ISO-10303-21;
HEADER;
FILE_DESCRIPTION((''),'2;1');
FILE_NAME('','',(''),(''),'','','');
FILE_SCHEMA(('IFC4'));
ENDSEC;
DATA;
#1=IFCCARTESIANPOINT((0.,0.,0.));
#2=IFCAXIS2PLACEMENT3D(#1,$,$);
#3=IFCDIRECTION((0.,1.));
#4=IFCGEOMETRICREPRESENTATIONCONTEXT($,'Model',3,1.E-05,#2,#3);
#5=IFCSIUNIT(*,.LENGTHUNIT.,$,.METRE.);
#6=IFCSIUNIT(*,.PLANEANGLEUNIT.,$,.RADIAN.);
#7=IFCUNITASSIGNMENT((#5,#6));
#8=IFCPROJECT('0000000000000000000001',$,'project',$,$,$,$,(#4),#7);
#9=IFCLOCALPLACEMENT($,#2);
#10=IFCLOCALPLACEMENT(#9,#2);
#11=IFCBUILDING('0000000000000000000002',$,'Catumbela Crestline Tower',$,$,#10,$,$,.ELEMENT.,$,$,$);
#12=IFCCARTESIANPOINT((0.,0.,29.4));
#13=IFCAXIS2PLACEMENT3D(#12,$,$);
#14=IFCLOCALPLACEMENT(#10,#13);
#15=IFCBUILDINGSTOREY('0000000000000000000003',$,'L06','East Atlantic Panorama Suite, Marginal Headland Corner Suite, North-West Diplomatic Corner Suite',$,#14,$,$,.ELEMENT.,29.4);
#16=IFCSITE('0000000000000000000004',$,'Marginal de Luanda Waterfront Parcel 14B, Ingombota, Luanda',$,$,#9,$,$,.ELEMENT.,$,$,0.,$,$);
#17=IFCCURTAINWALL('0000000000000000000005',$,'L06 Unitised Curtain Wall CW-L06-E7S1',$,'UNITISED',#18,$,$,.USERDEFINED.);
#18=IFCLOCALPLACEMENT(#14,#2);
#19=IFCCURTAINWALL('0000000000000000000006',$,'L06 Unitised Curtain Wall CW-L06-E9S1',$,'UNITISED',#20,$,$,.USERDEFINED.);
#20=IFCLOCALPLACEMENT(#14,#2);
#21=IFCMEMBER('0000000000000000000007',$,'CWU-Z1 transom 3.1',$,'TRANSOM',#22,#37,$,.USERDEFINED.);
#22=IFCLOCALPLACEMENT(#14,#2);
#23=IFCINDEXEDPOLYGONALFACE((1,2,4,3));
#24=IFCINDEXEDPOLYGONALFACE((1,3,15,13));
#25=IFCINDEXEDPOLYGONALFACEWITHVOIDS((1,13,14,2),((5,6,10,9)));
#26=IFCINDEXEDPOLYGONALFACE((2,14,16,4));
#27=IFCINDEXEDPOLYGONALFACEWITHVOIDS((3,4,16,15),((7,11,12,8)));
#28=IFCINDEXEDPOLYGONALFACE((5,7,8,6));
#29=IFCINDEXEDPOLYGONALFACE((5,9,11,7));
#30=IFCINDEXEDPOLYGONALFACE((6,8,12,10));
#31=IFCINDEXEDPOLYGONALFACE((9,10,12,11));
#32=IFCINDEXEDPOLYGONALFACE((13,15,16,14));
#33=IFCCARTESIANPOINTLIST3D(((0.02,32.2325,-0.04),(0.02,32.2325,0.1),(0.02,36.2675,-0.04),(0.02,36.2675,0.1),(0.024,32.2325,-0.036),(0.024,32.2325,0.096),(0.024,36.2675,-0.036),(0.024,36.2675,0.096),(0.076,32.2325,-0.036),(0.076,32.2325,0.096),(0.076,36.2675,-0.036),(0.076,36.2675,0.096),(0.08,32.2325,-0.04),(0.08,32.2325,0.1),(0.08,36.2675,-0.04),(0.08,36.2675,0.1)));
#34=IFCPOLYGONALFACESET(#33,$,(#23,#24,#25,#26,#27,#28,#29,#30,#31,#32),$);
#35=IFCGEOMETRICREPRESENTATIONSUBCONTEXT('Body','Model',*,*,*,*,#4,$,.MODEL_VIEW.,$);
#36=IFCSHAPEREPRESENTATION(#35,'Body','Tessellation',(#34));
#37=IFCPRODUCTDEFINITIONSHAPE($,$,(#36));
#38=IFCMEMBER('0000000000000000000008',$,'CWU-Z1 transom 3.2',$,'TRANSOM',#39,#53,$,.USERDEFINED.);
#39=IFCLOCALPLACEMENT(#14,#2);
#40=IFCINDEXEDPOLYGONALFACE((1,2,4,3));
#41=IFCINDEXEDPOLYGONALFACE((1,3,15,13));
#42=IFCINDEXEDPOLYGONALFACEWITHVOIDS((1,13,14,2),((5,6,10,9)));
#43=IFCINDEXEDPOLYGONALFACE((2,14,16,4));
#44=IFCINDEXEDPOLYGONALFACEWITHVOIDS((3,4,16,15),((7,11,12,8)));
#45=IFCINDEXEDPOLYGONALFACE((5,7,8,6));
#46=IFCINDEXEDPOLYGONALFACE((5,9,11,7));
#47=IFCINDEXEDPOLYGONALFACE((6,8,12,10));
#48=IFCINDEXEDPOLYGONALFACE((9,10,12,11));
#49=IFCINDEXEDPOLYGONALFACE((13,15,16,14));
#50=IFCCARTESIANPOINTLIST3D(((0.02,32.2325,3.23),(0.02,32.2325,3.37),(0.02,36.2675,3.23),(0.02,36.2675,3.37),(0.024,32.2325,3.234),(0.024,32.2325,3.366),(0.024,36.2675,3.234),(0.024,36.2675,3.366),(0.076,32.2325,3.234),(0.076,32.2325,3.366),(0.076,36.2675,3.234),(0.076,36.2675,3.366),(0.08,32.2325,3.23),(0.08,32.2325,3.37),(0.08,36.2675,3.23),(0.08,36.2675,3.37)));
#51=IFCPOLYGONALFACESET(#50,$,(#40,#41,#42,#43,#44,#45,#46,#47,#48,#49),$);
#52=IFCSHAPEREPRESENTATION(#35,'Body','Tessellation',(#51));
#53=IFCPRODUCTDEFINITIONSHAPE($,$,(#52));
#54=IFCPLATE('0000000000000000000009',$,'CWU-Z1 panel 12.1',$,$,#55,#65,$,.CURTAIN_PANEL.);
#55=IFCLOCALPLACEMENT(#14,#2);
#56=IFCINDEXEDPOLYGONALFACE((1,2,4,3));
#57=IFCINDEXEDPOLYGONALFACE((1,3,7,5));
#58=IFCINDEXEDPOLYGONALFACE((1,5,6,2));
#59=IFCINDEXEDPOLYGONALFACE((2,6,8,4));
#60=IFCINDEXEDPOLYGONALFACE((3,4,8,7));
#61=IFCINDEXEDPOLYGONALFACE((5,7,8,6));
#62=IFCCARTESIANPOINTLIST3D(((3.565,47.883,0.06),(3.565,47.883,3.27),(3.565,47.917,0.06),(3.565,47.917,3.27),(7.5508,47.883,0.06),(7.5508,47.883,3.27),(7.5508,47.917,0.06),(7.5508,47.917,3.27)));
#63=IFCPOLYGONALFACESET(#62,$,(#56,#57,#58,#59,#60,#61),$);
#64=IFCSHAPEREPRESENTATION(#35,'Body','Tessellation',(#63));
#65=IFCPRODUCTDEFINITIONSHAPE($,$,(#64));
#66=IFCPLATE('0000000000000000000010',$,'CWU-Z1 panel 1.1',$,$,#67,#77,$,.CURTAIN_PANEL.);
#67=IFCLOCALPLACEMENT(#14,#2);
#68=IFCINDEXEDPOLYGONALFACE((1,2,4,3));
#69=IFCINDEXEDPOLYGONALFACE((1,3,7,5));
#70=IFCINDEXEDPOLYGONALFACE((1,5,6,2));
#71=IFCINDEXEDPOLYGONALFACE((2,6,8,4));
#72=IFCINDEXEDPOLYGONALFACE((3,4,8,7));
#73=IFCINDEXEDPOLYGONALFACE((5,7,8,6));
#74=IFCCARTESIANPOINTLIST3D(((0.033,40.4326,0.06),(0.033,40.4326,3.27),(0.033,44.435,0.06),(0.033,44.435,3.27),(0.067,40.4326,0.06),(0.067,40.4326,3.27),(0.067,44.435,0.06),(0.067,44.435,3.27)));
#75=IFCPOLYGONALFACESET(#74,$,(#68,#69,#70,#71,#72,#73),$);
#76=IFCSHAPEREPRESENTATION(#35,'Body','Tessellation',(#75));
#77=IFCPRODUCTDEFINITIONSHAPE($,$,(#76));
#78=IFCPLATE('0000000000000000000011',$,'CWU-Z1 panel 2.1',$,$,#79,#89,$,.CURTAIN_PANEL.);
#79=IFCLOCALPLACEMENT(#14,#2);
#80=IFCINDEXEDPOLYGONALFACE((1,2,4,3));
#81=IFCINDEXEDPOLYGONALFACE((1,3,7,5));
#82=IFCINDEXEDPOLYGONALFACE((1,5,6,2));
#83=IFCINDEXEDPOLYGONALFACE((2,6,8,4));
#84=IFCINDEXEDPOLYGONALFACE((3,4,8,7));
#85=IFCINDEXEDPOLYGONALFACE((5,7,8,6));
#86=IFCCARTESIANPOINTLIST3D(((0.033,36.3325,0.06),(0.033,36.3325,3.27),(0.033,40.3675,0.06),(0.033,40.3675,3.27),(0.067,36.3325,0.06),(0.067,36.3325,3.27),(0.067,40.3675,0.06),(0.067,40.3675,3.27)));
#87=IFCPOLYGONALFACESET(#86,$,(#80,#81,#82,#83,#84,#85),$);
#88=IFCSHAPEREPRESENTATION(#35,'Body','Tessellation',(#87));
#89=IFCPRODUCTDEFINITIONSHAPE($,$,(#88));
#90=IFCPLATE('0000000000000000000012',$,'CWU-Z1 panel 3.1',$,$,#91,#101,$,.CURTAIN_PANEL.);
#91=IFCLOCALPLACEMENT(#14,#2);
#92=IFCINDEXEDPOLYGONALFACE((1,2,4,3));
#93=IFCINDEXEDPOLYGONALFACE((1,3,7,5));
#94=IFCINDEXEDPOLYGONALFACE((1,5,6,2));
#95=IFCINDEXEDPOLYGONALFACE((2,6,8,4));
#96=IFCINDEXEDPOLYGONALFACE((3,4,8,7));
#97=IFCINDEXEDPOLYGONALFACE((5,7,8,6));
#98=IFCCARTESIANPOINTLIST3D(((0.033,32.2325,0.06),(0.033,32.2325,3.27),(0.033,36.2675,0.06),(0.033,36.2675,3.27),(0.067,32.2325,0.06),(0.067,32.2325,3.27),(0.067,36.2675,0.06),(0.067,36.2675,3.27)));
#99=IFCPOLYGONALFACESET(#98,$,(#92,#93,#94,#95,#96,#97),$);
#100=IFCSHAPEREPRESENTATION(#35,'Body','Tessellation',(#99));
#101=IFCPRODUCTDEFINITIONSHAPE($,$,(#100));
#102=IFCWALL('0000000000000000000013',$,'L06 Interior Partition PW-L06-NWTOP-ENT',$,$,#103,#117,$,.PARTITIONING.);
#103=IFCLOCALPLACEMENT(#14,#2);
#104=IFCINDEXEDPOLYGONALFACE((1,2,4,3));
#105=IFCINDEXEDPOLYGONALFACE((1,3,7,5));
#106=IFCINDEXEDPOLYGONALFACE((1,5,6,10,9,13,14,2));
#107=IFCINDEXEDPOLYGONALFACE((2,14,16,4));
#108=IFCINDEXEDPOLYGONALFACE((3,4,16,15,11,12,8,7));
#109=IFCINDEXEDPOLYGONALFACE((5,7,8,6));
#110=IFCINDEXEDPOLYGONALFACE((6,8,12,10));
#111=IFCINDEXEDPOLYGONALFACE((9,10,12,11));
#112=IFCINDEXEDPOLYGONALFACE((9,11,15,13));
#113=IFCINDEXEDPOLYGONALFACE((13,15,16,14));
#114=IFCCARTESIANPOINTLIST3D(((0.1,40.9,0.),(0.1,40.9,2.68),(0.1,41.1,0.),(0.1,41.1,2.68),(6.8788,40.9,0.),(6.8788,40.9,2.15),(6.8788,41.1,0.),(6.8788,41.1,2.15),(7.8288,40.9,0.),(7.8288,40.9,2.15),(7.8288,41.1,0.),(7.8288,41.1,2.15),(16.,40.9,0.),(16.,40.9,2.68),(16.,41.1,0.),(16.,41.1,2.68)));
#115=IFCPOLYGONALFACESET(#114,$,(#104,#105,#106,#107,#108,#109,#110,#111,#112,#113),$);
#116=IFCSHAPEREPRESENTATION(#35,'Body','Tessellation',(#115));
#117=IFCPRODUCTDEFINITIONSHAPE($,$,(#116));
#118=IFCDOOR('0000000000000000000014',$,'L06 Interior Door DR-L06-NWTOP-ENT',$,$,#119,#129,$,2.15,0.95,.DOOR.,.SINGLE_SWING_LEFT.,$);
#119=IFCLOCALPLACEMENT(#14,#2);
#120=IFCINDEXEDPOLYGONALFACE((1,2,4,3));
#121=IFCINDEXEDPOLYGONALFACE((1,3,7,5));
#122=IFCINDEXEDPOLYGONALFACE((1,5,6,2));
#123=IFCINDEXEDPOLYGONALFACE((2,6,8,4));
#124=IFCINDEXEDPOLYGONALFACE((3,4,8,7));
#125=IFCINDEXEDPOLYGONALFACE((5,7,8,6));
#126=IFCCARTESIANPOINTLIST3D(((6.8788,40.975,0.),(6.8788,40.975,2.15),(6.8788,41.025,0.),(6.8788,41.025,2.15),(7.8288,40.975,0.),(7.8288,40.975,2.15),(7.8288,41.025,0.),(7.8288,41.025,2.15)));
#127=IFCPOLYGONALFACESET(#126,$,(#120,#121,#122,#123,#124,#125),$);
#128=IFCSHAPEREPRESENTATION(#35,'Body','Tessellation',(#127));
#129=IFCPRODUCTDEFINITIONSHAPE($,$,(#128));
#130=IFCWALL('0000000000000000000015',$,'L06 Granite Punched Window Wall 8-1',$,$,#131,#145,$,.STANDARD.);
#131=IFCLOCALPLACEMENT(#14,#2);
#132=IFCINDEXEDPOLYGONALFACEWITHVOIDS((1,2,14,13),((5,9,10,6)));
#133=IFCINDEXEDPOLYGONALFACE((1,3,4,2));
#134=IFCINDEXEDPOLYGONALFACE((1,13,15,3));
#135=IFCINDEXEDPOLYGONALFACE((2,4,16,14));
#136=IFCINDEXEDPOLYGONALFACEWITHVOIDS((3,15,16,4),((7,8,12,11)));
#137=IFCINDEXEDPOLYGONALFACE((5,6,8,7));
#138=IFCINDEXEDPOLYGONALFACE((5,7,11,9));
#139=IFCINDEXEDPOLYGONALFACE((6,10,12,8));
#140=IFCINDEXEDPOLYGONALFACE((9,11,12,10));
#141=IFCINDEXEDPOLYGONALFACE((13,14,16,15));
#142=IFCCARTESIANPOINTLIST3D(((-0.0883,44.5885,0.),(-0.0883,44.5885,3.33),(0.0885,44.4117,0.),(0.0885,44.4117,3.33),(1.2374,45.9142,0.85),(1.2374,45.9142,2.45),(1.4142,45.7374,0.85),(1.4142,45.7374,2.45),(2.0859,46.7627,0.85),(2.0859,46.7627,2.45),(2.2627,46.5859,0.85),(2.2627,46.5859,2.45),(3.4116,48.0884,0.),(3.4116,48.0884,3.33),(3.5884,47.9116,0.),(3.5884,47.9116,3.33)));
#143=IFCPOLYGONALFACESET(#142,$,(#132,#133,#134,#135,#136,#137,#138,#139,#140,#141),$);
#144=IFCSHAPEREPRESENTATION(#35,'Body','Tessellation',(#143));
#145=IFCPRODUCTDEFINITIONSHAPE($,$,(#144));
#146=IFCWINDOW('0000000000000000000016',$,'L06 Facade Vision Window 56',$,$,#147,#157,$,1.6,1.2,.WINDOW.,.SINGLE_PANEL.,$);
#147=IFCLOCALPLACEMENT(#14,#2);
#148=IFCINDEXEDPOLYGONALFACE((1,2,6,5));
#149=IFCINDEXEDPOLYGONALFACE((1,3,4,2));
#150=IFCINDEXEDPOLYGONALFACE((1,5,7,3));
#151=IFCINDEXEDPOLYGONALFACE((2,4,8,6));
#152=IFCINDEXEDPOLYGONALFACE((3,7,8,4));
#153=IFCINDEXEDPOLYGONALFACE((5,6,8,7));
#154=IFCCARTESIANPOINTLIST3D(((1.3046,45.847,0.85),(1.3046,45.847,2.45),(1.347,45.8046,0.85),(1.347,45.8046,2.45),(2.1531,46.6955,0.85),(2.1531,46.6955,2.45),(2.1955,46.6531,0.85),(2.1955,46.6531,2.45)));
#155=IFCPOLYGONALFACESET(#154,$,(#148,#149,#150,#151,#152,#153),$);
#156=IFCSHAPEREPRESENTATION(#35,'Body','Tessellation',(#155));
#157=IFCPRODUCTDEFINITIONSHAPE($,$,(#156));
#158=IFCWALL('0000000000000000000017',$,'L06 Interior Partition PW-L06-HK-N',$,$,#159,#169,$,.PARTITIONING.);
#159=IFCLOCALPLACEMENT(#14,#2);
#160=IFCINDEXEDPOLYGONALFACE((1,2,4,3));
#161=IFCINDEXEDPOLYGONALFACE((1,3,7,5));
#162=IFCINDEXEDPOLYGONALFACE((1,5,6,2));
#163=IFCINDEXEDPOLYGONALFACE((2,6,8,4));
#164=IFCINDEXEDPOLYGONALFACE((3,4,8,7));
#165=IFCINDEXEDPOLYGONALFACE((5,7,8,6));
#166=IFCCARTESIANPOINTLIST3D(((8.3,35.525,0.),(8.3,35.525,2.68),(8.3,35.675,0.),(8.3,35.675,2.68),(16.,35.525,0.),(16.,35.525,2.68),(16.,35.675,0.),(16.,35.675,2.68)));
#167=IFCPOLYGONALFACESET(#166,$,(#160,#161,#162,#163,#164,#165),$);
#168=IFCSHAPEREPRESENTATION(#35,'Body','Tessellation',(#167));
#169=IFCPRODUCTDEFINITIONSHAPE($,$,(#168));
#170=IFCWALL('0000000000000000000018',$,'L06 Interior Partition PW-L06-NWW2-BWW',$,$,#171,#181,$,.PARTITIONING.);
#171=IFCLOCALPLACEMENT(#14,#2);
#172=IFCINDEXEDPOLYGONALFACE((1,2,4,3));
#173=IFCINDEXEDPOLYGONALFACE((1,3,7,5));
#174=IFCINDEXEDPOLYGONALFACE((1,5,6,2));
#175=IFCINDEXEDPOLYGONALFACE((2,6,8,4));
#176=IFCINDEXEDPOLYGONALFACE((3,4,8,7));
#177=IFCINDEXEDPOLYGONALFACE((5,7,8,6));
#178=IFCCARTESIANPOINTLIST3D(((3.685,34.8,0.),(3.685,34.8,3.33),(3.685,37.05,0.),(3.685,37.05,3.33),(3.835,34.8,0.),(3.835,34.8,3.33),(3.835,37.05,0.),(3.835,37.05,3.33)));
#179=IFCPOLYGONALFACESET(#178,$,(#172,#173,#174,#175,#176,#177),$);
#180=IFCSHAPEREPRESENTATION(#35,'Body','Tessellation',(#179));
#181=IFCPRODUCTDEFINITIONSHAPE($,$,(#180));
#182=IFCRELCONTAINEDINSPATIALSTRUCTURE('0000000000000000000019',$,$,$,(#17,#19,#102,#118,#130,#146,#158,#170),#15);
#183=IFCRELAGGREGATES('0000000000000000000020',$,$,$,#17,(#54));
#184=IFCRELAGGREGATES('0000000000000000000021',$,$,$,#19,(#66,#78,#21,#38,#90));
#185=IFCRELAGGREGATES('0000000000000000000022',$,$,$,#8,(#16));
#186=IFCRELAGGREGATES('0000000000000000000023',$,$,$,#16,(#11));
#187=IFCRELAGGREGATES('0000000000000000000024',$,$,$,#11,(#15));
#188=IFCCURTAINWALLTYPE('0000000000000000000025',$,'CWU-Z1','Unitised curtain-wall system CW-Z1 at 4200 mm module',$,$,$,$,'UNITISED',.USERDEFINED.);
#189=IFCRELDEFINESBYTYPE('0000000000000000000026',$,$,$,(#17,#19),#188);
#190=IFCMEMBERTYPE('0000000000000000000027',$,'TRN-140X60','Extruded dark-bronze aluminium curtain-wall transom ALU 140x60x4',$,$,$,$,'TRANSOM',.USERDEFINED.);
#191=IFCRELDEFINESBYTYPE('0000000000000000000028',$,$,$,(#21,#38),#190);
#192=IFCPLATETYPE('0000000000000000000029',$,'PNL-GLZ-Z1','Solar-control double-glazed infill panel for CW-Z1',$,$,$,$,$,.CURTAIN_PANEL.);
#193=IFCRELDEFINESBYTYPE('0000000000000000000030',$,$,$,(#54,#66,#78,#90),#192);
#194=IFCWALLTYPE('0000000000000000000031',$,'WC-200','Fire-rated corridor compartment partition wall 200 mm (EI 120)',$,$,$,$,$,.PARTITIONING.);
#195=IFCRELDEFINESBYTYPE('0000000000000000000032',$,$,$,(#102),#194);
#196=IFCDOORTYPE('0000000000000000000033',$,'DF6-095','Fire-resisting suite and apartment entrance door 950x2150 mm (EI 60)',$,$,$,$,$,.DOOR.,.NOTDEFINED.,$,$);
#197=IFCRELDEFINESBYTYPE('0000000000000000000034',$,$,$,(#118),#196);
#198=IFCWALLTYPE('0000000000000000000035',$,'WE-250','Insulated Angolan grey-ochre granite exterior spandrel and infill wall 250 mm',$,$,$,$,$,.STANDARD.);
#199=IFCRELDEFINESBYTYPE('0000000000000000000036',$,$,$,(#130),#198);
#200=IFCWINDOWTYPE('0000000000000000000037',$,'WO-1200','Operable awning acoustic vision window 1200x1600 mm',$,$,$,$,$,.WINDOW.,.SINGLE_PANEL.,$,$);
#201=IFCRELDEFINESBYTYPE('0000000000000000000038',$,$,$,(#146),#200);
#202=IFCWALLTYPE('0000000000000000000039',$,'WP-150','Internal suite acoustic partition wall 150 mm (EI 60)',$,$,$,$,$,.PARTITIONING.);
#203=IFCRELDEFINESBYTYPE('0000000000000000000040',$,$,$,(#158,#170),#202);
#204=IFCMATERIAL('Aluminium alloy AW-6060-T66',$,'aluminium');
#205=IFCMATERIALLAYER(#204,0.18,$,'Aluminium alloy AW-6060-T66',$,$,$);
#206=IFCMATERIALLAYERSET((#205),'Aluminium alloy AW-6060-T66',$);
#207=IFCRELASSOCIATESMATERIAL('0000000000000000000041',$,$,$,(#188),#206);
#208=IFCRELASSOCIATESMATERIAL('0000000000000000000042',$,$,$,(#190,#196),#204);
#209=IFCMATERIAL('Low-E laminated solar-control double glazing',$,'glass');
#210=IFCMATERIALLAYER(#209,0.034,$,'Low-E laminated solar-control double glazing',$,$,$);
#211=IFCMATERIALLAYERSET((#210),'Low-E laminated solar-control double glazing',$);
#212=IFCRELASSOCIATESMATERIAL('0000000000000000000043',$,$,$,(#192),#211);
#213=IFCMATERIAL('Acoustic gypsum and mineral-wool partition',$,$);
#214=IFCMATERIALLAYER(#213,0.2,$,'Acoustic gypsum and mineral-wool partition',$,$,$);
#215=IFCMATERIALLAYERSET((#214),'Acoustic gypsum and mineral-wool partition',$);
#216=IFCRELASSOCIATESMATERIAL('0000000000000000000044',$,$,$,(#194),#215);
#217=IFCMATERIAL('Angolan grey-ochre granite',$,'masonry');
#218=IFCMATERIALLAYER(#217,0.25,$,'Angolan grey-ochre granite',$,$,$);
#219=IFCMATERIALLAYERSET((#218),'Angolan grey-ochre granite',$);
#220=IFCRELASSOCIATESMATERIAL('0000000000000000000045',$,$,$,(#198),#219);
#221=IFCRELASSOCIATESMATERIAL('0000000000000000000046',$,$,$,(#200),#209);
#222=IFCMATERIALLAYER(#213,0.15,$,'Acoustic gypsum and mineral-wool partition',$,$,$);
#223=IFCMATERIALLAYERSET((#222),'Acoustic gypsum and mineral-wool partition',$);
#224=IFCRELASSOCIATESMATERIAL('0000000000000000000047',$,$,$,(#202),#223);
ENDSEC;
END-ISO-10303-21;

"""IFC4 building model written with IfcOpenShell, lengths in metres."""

from ifc_helpers import new_model, si_unit, direction, frame, frame_2d, origin, origin_2d, place, context, subcontext, project, spatial, rectangle, hollow_rectangle, extrude, material, layer, layer_set, material_profile, profile_set, type_object, element, fill, aggregate, save


model = new_model("IFC4")

# Units and contexts
model_context = context("Model", 3, precision=1e-05, world=origin(), true_north=direction((0.0, 1.0)))
body_context = subcontext(model_context, "Body", "Model", "MODEL_VIEW")
ifc_project = project(units=[si_unit("LENGTHUNIT", "METRE"), si_unit("PLANEANGLEUNIT", "RADIAN")], contexts=[model_context])

# Site, building, storey
site_placement = place(None, origin())
site = spatial("IfcSite", under=ifc_project, at=site_placement, Name="Marginal de Luanda Waterfront Parcel 14B, Ingombota, Luanda", CompositionType="ELEMENT", RefElevation=0.0)
building_placement = place(site_placement, origin())
building = spatial("IfcBuilding", under=site, at=building_placement, Name="Catumbela Crestline Tower", CompositionType="ELEMENT")
storey_placement = place(building_placement, frame((0.0, 0.0, 29.4)))
storey = spatial("IfcBuildingStorey", under=building, at=storey_placement, Name="L06", Description="East Atlantic Panorama Suite, Marginal Headland Corner Suite, North-West Diplomatic Corner Suite", CompositionType="ELEMENT", Elevation=29.4)

# Curtain walls
ifc_material_1 = material(Name="Aluminium alloy AW-6060-T66", Category="aluminium")
ifc_layer_1 = layer(ifc_material_1, 0.18, Name="Aluminium alloy AW-6060-T66")
ifc_layer_set_1 = layer_set([ifc_layer_1], Name="Aluminium alloy AW-6060-T66")
curtain_wall_type = type_object("IfcCurtainWallType", Name="CWU-Z1", Description="Unitised curtain-wall system CW-Z1 at 4200 mm module", ElementType="UNITISED", PredefinedType="USERDEFINED", material=ifc_layer_set_1)
curtain_wall_1_placement = place(storey_placement, origin())
curtain_wall_1 = element("IfcCurtainWall", 1, at=curtain_wall_1_placement, inside=storey, type_object=curtain_wall_type, Name="L06 Unitised Curtain Wall CW-L06-E7S1", ObjectType="UNITISED", PredefinedType="USERDEFINED")
curtain_wall_2_placement = place(storey_placement, origin())
curtain_wall_2 = element("IfcCurtainWall", 2, at=curtain_wall_2_placement, inside=storey, type_object=curtain_wall_type, Name="L06 Unitised Curtain Wall CW-L06-E9S1", ObjectType="UNITISED", PredefinedType="USERDEFINED")

# Members
ifc_material_profile_1 = material_profile(ifc_material_1, hollow_rectangle(XDim=0.06, YDim=0.14, WallThickness=0.004, at=origin_2d()), Name="ALU 140x60x4")
ifc_profile_set_1 = profile_set([ifc_material_profile_1], Name="Aluminium alloy AW-6060-T66")
member_type_1 = type_object("IfcMemberType", Name="TRN-140X60", Description="Extruded dark-bronze aluminium curtain-wall transom ALU 140x60x4", ElementType="TRANSOM", PredefinedType="USERDEFINED", material=ifc_profile_set_1)
member_1_placement = place(storey_placement, frame((0.05, 36.2675, 0.03), z_axis=(0.0, -1.0, 0.0), x_axis=(1.0, 0.0, 0.0)))
member_1 = element("IfcMember", 3, at=member_1_placement, type_object=member_type_1, Name="CWU-Z1 transom 3.1", ObjectType="TRANSOM", PredefinedType="USERDEFINED", context=body_context, shape_type="SweptSolid", body=[
    extrude(hollow_rectangle(XDim=0.06, YDim=0.14, WallThickness=0.004, at=origin_2d()), origin(), (0.0, 0.0, 1.0), 4.035),
])
member_2_placement = place(storey_placement, frame((0.05, 36.2675, 3.3), z_axis=(0.0, -1.0, 0.0), x_axis=(1.0, 0.0, 0.0)))
member_2 = element("IfcMember", 4, at=member_2_placement, type_object=member_type_1, Name="CWU-Z1 transom 3.2", ObjectType="TRANSOM", PredefinedType="USERDEFINED", context=body_context, shape_type="SweptSolid", body=[
    extrude(hollow_rectangle(XDim=0.06, YDim=0.14, WallThickness=0.004, at=origin_2d()), origin(), (0.0, 0.0, 1.0), 4.035),
])

# Plates
ifc_material_2 = material(Name="Low-E laminated solar-control double glazing", Category="glass")
ifc_layer_2 = layer(ifc_material_2, 0.034, Name="Low-E laminated solar-control double glazing")
ifc_layer_set_2 = layer_set([ifc_layer_2], Name="Low-E laminated solar-control double glazing")
plate_type = type_object("IfcPlateType", Name="PNL-GLZ-Z1", Description="Solar-control double-glazed infill panel for CW-Z1", PredefinedType="CURTAIN_PANEL", material=ifc_layer_set_2)
plate_1_placement = place(storey_placement, frame((5.5579, 47.9, 0.06), z_axis=(0.0, 0.0, 1.0), x_axis=(-1.0, 0.0, 0.0)))
plate_1 = element("IfcPlate", 5, at=plate_1_placement, type_object=plate_type, Name="CWU-Z1 panel 12.1", PredefinedType="CURTAIN_PANEL", context=body_context, shape_type="SweptSolid", body=[
    extrude(rectangle(XDim=3.9858, YDim=0.034, at=origin_2d()), origin(), (0.0, 0.0, 1.0), 3.21),
])
aggregate(curtain_wall_1, [plate_1])
plate_2_placement = place(storey_placement, frame((0.05, 42.4338, 0.06), z_axis=(0.0, 0.0, 1.0), x_axis=(0.0, -1.0, 0.0)))
plate_2 = element("IfcPlate", 6, at=plate_2_placement, type_object=plate_type, Name="CWU-Z1 panel 1.1", PredefinedType="CURTAIN_PANEL", context=body_context, shape_type="SweptSolid", body=[
    extrude(rectangle(XDim=4.0025, YDim=0.034, at=origin_2d()), origin(), (0.0, 0.0, 1.0), 3.21),
])
plate_3_placement = place(storey_placement, frame((0.05, 38.35, 0.06), z_axis=(0.0, 0.0, 1.0), x_axis=(0.0, -1.0, 0.0)))
plate_3 = element("IfcPlate", 7, at=plate_3_placement, type_object=plate_type, Name="CWU-Z1 panel 2.1", PredefinedType="CURTAIN_PANEL", context=body_context, shape_type="SweptSolid", body=[
    extrude(rectangle(XDim=4.035, YDim=0.034, at=origin_2d()), origin(), (0.0, 0.0, 1.0), 3.21),
])
plate_4_placement = place(storey_placement, frame((0.05, 34.25, 0.06), z_axis=(0.0, 0.0, 1.0), x_axis=(0.0, -1.0, 0.0)))
plate_4 = element("IfcPlate", 8, at=plate_4_placement, type_object=plate_type, Name="CWU-Z1 panel 3.1", PredefinedType="CURTAIN_PANEL", context=body_context, shape_type="SweptSolid", body=[
    extrude(rectangle(XDim=4.035, YDim=0.034, at=origin_2d()), origin(), (0.0, 0.0, 1.0), 3.21),
])
aggregate(curtain_wall_2, [plate_2, plate_3, member_1, member_2, plate_4])

# Wall, opening, door
ifc_material_3 = material(Name="Acoustic gypsum and mineral-wool partition")
ifc_layer_3 = layer(ifc_material_3, 0.2, Name="Acoustic gypsum and mineral-wool partition")
ifc_layer_set_3 = layer_set([ifc_layer_3], Name="Acoustic gypsum and mineral-wool partition")
wall_type_1 = type_object("IfcWallType", Name="WC-200", Description="Fire-rated corridor compartment partition wall 200 mm (EI 120)", PredefinedType="PARTITIONING", material=ifc_layer_set_3)
wall_1_placement = place(storey_placement, frame((0.1, 41.0, 0.0), z_axis=(0.0, 0.0, 1.0), x_axis=(1.0, 0.0, 0.0)))
wall_1 = element("IfcWall", 9, at=wall_1_placement, inside=storey, type_object=wall_type_1, Name="L06 Interior Partition PW-L06-NWTOP-ENT", PredefinedType="PARTITIONING", context=body_context, shape_type="SweptSolid", body=[
    extrude(rectangle(XDim=15.9, YDim=0.2, at=frame_2d((7.95, 0.0))), origin(), (0.0, 0.0, 1.0), 2.68),
])
opening_1_placement = place(wall_1_placement, frame((6.7788, 0.0, 0.0)))
opening_1 = element("IfcOpeningElement", 10, at=opening_1_placement, cuts=wall_1, PredefinedType="OPENING", context=body_context, shape_type="SweptSolid", body=[
    extrude(rectangle(XDim=0.95, YDim=2.15, at=frame_2d((0.475, 1.075))), frame((0.0, 0.11, 0.0), z_axis=(0.0, -1.0, 0.0), x_axis=(1.0, 0.0, 0.0)), (0.0, 0.0, 1.0), 0.22),
])
door_type_1 = type_object("IfcDoorType", Name="DF6-095", Description="Fire-resisting suite and apartment entrance door 950x2150 mm (EI 60)", OperationType="NOTDEFINED", PredefinedType="DOOR", material=ifc_material_1)
door_1_placement = place(opening_1_placement, origin())
door_1 = element("IfcDoor", 11, at=door_1_placement, inside=storey, type_object=door_type_1, Name="L06 Interior Door DR-L06-NWTOP-ENT", OperationType="SINGLE_SWING_LEFT", OverallHeight=2.15, OverallWidth=0.95, PredefinedType="DOOR", context=body_context, shape_type="SweptSolid", body=[
    extrude(rectangle(XDim=0.95, YDim=2.15, at=frame_2d((0.475, 1.075))), frame((0.0, 0.025, 0.0), z_axis=(0.0, -1.0, 0.0), x_axis=(1.0, 0.0, 0.0)), (0.0, 0.0, 1.0), 0.05),
])
fill(opening_1, door_1)

# Wall, opening, window
ifc_material_4 = material(Name="Angolan grey-ochre granite", Category="masonry")
ifc_layer_4 = layer(ifc_material_4, 0.25, Name="Angolan grey-ochre granite")
ifc_layer_set_4 = layer_set([ifc_layer_4], Name="Angolan grey-ochre granite")
wall_type_2 = type_object("IfcWallType", Name="WE-250", Description="Insulated Angolan grey-ochre granite exterior spandrel and infill wall 250 mm", PredefinedType="STANDARD", material=ifc_layer_set_4)
wall_2_placement = place(storey_placement, frame((3.5, 48.0, 0.0), z_axis=(0.0, 0.0, 1.0), x_axis=(-0.707107, -0.707107, 0.0)))
wall_2 = element("IfcWall", 12, at=wall_2_placement, inside=storey, type_object=wall_type_2, Name="L06 Granite Punched Window Wall 8-1", PredefinedType="STANDARD", context=body_context, shape_type="SweptSolid", body=[
    extrude(rectangle(XDim=4.9497, YDim=0.25, at=frame_2d((2.4748, 0.0))), origin(), (0.0, 0.0, 1.0), 3.33),
])
opening_2_placement = place(wall_2_placement, frame((1.8748, 0.0, 0.85)))
opening_2 = element("IfcOpeningElement", 13, at=opening_2_placement, cuts=wall_2, PredefinedType="OPENING", context=body_context, shape_type="SweptSolid", body=[
    extrude(rectangle(XDim=1.2, YDim=1.6, at=frame_2d((0.6, 0.8))), frame((0.0, 0.135, 0.0), z_axis=(0.0, -1.0, 0.0), x_axis=(1.0, 0.0, 0.0)), (0.0, 0.0, 1.0), 0.27),
])
window_type = type_object("IfcWindowType", Name="WO-1200", Description="Operable awning acoustic vision window 1200x1600 mm", PartitioningType="SINGLE_PANEL", PredefinedType="WINDOW", material=ifc_material_2)
window_placement = place(opening_2_placement, origin())
window = element("IfcWindow", 14, at=window_placement, inside=storey, type_object=window_type, Name="L06 Facade Vision Window 56", OverallHeight=1.6, OverallWidth=1.2, PartitioningType="SINGLE_PANEL", PredefinedType="WINDOW", context=body_context, shape_type="SweptSolid", body=[
    extrude(rectangle(XDim=1.2, YDim=1.6, at=frame_2d((0.6, 0.8))), frame((0.0, 0.03, 0.0), z_axis=(0.0, -1.0, 0.0), x_axis=(1.0, 0.0, 0.0)), (0.0, 0.0, 1.0), 0.06),
])
fill(opening_2, window)

# Walls
ifc_layer_5 = layer(ifc_material_3, 0.15, Name="Acoustic gypsum and mineral-wool partition")
ifc_layer_set_5 = layer_set([ifc_layer_5], Name="Acoustic gypsum and mineral-wool partition")
wall_type_3 = type_object("IfcWallType", Name="WP-150", Description="Internal suite acoustic partition wall 150 mm (EI 60)", PredefinedType="PARTITIONING", material=ifc_layer_set_5)
wall_3_placement = place(storey_placement, frame((8.3, 35.6, 0.0), z_axis=(0.0, 0.0, 1.0), x_axis=(1.0, 0.0, 0.0)))
element("IfcWall", 15, at=wall_3_placement, inside=storey, type_object=wall_type_3, Name="L06 Interior Partition PW-L06-HK-N", PredefinedType="PARTITIONING", context=body_context, shape_type="SweptSolid", body=[
    extrude(rectangle(XDim=7.7, YDim=0.15, at=frame_2d((3.85, 0.0))), origin(), (0.0, 0.0, 1.0), 2.68),
])
wall_4_placement = place(storey_placement, frame((3.76, 34.8, 0.0), z_axis=(0.0, 0.0, 1.0), x_axis=(0.0, 1.0, 0.0)))
element("IfcWall", 16, at=wall_4_placement, inside=storey, type_object=wall_type_3, Name="L06 Interior Partition PW-L06-NWW2-BWW", PredefinedType="PARTITIONING", context=body_context, shape_type="SweptSolid", body=[
    extrude(rectangle(XDim=2.25, YDim=0.15, at=frame_2d((1.125, 0.0))), origin(), (0.0, 0.0, 1.0), 3.33),
])

save(model, "model.ifc")
